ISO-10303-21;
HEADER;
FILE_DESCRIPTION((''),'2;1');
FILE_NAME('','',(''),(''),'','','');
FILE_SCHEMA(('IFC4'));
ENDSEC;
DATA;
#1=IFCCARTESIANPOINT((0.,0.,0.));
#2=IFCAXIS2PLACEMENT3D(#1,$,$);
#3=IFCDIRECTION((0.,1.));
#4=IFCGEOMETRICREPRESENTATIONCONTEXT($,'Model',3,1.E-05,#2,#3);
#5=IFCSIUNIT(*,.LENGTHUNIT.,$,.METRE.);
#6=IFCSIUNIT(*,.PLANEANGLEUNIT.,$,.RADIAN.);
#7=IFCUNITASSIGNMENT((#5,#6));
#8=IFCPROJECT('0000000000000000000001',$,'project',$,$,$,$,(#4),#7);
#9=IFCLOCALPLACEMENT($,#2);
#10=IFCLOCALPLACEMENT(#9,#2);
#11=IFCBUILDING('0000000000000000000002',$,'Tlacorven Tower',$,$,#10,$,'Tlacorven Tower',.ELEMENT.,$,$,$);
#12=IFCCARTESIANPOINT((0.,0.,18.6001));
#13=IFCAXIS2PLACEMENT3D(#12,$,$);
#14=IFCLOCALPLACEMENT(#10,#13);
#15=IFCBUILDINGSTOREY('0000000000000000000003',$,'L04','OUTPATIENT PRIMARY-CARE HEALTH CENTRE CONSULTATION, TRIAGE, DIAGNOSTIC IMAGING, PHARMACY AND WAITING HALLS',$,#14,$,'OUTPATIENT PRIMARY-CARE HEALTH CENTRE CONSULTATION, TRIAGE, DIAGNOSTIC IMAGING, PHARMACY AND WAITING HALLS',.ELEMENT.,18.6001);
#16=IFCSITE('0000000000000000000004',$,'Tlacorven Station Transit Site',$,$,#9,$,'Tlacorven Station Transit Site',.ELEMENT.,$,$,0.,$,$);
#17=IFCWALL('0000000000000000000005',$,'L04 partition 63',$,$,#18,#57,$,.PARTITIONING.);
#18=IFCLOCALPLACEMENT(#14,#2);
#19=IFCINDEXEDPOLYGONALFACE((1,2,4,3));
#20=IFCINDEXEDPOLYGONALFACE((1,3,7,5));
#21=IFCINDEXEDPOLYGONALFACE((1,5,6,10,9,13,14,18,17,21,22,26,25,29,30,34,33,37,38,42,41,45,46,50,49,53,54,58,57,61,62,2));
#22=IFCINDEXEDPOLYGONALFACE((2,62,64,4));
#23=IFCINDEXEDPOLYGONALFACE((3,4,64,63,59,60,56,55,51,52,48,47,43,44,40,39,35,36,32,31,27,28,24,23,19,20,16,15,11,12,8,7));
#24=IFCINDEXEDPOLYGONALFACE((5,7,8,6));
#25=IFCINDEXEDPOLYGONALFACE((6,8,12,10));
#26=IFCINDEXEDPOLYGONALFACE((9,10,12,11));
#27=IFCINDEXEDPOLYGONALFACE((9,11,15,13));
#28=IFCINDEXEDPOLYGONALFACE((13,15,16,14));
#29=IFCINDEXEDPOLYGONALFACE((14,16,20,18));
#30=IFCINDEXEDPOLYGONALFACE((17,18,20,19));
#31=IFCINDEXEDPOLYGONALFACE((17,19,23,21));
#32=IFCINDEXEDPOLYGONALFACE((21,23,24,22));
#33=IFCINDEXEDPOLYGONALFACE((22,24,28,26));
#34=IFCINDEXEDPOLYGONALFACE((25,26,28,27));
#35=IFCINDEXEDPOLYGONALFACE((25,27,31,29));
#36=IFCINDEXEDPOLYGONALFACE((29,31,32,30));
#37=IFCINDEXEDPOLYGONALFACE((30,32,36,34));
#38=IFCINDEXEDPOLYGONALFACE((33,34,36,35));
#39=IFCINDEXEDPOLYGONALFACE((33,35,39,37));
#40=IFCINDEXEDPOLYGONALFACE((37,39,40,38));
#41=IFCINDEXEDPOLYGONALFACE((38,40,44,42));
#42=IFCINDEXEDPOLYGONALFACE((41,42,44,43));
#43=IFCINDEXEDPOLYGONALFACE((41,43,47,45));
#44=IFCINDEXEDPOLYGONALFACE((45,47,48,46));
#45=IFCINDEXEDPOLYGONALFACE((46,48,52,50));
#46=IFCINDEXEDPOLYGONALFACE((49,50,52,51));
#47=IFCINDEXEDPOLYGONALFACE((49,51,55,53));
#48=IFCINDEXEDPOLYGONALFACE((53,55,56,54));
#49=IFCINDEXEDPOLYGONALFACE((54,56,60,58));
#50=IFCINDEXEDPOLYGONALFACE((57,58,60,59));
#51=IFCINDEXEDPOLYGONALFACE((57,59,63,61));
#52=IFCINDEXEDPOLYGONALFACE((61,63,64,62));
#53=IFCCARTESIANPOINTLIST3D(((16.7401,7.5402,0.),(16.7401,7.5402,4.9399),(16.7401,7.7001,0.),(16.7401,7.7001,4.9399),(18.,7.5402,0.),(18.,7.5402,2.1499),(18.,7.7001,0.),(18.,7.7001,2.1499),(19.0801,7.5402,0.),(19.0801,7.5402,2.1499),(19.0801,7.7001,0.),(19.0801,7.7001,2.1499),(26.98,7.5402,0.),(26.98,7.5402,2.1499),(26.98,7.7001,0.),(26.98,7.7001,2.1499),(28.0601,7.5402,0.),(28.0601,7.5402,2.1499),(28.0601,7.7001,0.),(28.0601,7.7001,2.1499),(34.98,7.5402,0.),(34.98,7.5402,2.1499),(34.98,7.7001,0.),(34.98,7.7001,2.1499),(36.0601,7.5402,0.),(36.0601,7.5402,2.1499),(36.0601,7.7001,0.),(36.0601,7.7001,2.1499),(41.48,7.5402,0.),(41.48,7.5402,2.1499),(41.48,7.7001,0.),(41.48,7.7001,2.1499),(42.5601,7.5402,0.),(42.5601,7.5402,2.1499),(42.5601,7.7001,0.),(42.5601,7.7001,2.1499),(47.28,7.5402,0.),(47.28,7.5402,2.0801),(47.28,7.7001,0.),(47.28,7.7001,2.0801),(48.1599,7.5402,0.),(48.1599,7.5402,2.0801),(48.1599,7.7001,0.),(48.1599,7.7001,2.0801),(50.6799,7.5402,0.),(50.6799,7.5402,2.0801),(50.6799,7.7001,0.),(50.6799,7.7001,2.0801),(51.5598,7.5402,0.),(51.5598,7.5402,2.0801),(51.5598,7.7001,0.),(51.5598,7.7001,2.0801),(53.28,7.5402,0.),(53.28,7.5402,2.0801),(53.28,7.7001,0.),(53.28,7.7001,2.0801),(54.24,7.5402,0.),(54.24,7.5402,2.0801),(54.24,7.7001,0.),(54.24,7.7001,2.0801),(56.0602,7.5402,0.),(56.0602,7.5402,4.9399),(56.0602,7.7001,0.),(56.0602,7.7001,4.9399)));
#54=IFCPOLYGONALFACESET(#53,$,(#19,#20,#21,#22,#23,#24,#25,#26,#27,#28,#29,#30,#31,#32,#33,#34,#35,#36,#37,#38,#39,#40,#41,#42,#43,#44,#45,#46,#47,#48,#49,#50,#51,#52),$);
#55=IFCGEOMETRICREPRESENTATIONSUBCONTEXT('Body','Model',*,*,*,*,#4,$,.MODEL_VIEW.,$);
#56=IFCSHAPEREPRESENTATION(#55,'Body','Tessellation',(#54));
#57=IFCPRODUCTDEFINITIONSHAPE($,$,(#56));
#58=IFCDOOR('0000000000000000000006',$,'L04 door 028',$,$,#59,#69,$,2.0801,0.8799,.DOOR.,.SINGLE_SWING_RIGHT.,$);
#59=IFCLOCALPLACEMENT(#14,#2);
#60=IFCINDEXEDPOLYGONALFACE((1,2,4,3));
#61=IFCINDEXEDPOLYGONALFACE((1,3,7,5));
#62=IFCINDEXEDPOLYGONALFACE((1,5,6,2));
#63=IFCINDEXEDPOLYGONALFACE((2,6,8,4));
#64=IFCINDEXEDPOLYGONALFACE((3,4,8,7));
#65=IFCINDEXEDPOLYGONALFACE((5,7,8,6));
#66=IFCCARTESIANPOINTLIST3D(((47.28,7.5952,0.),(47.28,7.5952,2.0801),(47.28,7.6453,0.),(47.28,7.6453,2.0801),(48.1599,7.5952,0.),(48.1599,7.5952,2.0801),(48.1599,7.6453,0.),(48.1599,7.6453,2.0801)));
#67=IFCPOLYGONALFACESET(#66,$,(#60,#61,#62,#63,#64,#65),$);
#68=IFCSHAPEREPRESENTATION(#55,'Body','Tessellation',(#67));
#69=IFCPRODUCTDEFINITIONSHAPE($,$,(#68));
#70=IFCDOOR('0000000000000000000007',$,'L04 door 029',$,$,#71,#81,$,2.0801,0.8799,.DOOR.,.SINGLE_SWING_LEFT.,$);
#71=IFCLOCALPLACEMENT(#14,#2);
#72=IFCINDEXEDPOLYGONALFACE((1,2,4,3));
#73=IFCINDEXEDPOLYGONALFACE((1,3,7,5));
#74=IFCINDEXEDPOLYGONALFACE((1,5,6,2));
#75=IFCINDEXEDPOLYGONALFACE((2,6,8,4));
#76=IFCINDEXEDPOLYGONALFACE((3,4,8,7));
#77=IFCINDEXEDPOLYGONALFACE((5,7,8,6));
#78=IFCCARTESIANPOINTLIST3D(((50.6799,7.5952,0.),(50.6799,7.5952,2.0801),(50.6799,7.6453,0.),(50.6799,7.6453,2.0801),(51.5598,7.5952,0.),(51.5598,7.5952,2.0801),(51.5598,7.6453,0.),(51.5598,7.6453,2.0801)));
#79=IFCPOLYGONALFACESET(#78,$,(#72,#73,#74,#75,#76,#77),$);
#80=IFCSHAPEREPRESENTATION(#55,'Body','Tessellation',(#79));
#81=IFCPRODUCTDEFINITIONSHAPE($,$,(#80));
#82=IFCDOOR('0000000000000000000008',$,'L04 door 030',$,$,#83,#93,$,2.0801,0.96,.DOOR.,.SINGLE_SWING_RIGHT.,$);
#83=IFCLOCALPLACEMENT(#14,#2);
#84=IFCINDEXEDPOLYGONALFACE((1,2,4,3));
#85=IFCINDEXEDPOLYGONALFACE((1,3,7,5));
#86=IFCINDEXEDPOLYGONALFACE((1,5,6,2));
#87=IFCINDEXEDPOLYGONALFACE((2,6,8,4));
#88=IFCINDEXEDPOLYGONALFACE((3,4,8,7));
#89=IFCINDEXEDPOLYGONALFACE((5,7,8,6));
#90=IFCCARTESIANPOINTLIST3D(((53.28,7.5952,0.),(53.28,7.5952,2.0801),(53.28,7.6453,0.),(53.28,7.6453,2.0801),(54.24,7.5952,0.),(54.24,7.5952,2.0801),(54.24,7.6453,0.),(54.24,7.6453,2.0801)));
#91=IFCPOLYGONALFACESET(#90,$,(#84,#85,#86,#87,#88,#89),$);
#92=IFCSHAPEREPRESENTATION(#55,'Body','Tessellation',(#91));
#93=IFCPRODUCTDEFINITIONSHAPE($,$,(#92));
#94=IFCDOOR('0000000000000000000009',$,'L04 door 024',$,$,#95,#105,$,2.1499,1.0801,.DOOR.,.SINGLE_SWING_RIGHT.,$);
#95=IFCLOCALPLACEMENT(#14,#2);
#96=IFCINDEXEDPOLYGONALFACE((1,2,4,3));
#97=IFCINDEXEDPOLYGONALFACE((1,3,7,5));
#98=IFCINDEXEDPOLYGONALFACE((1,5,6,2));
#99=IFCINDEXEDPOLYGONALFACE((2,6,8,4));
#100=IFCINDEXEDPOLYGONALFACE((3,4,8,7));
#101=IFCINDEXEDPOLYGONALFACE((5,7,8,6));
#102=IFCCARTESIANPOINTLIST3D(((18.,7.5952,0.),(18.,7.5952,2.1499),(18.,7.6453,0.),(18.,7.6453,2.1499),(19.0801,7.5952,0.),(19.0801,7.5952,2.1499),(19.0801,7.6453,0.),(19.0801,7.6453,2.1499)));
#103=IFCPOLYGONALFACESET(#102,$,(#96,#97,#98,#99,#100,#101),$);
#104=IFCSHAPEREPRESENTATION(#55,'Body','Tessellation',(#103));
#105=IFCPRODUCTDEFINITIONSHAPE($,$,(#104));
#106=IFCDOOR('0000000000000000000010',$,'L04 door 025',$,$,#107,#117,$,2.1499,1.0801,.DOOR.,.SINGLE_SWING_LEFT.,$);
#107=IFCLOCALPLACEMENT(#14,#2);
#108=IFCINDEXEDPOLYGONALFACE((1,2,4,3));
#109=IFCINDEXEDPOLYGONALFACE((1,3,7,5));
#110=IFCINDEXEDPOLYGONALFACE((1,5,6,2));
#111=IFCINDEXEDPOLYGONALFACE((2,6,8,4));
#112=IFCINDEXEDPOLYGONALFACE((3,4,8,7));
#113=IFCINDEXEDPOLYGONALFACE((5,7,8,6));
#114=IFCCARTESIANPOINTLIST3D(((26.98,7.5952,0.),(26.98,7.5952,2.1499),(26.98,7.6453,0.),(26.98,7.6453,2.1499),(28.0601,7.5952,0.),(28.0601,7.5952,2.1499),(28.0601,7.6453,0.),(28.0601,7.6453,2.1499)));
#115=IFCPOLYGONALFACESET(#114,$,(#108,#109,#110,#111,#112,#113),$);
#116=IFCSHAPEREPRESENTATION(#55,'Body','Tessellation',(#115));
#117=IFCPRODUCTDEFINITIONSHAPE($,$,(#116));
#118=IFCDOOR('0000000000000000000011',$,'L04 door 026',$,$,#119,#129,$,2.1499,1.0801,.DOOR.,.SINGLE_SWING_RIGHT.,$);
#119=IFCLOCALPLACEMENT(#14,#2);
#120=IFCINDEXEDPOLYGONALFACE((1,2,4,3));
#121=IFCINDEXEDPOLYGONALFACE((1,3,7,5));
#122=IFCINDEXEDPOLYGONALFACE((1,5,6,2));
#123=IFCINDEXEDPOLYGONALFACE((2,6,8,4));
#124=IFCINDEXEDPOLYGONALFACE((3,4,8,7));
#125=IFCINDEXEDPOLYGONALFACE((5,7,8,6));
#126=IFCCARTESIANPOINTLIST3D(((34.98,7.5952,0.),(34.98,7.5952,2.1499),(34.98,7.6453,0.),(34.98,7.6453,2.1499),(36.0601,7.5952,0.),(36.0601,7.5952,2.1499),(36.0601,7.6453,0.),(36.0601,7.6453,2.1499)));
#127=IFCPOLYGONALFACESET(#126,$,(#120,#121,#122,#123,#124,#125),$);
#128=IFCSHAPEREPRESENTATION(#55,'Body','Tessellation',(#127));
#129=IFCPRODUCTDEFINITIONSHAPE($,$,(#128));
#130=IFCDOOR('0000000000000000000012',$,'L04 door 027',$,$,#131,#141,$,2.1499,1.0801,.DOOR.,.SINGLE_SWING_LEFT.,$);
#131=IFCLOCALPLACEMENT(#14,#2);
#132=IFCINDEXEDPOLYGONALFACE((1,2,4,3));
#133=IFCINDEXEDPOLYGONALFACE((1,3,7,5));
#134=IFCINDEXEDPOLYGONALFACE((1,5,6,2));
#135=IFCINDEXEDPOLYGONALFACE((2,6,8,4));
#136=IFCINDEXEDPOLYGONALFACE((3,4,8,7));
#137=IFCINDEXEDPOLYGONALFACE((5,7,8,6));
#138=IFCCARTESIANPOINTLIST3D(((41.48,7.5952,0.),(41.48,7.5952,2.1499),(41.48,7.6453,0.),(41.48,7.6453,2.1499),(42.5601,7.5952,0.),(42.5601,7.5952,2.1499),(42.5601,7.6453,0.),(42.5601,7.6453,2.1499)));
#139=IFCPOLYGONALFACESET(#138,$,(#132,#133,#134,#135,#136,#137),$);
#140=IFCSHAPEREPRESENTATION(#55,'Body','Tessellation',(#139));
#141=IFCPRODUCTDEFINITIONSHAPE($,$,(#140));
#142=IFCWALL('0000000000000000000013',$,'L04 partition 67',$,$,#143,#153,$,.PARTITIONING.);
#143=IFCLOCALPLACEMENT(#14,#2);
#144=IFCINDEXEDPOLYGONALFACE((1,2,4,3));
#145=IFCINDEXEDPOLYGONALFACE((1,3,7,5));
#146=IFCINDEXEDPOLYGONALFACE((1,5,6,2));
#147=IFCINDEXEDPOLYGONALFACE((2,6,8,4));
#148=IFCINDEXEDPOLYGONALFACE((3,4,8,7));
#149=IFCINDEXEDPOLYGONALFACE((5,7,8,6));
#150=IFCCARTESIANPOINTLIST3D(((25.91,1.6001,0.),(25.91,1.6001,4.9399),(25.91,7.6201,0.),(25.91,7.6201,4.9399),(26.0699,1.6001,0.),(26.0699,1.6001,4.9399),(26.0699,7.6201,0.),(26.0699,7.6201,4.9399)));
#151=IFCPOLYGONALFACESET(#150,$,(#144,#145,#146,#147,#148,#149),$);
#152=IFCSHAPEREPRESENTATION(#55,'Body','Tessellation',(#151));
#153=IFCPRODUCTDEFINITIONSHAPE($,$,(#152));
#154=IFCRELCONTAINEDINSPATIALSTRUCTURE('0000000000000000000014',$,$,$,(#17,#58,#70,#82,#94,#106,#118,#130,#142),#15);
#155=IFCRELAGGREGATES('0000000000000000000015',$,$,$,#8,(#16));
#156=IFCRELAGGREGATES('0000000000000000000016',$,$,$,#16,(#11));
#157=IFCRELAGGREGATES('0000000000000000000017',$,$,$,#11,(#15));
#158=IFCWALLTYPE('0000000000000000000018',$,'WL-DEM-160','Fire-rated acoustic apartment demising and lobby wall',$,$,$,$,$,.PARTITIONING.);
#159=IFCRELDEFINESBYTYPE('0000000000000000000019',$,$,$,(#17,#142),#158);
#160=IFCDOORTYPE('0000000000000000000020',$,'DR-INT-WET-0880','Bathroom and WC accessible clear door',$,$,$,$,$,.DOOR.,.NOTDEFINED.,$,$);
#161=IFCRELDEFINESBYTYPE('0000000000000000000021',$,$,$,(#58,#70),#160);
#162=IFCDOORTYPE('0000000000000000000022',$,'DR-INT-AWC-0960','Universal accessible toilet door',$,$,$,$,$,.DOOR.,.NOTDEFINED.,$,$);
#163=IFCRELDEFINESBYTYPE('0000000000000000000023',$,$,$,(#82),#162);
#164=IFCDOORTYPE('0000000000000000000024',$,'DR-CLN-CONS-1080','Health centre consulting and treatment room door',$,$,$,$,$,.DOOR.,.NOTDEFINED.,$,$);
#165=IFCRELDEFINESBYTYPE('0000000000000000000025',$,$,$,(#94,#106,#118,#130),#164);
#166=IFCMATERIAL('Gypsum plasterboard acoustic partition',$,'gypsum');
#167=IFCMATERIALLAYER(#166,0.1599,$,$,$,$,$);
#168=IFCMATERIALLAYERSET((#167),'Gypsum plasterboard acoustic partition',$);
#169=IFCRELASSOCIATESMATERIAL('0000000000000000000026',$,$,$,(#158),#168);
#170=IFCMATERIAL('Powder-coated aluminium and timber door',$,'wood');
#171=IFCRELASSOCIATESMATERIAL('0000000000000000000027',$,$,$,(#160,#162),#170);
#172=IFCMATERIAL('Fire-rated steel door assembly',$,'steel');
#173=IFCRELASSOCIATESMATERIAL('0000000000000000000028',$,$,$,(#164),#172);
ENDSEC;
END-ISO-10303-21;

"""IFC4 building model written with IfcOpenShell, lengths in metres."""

from ifc_helpers import new_model, si_unit, direction, frame, frame_2d, origin, place, context, subcontext, project, spatial, rectangle, extrude, source, transform, mapped, material, layer, layer_set, type_object, element, fill, save


model = new_model("IFC4")

# Units and contexts
model_context = context("Model", 3, precision=1e-05, world=origin(), true_north=direction((0.0, 1.0)))
body_context = subcontext(model_context, "Body", "Model", "MODEL_VIEW")
ifc_project = project(units=[si_unit("LENGTHUNIT", "METRE"), si_unit("PLANEANGLEUNIT", "RADIAN")], contexts=[model_context])

# Site, building, storey
site_placement = place(None, origin())
site = spatial("IfcSite", under=ifc_project, at=site_placement, Name="Tlacorven Station Transit Site", LongName="Tlacorven Station Transit Site", CompositionType="ELEMENT", RefElevation=0.0)
building_placement = place(site_placement, origin())
building = spatial("IfcBuilding", under=site, at=building_placement, Name="Tlacorven Tower", LongName="Tlacorven Tower", CompositionType="ELEMENT")
storey_placement = place(building_placement, frame((0.0, 0.0, 18.6001)))
storey = spatial("IfcBuildingStorey", under=building, at=storey_placement, Name="L04", Description="OUTPATIENT PRIMARY-CARE HEALTH CENTRE CONSULTATION, TRIAGE, DIAGNOSTIC IMAGING, PHARMACY AND WAITING HALLS", LongName="OUTPATIENT PRIMARY-CARE HEALTH CENTRE CONSULTATION, TRIAGE, DIAGNOSTIC IMAGING, PHARMACY AND WAITING HALLS", CompositionType="ELEMENT", Elevation=18.6001)

# Wall, openings, doors
ifc_material_1 = material(Name="Gypsum plasterboard acoustic partition", Category="gypsum")
ifc_layer_1 = layer(ifc_material_1, 0.1599)
ifc_layer_set_1 = layer_set([ifc_layer_1], Name="Gypsum plasterboard acoustic partition")
wall_type_1 = type_object("IfcWallType", Name="WL-DEM-160", Description="Fire-rated acoustic apartment demising and lobby wall", PredefinedType="PARTITIONING", material=ifc_layer_set_1)
wall_1_placement = place(storey_placement, frame((16.74, 7.6201, 0.0), z_axis=(0.0, 0.0, 1.0), x_axis=(1.0, 0.0, 0.0)))
wall_1 = element("IfcWall", 1, at=wall_1_placement, inside=storey, type_object=wall_type_1, Name="L04 partition 63", PredefinedType="PARTITIONING", context=body_context, shape_type="SweptSolid", body=[
    extrude(rectangle(XDim=39.3201, YDim=0.1599, at=frame_2d((19.6602, 0.0))), origin(), (0.0, 0.0, 1.0), 4.9399),
])
opening_1_placement = place(wall_1_placement, frame((1.26, 0.0, 0.0)))
opening_1 = element("IfcOpeningElement", 2, at=opening_1_placement, cuts=wall_1, PredefinedType="OPENING", context=body_context, shape_type="SweptSolid", body=[
    extrude(rectangle(XDim=1.0801, YDim=2.1499, at=frame_2d((0.54, 1.075))), frame((0.0, 0.0898, 0.0), z_axis=(0.0, -1.0, 0.0), x_axis=(1.0, 0.0, 0.0)), (0.0, 0.0, 1.0), 0.1799),
])
opening_2_placement = place(wall_1_placement, frame((10.24, 0.0, 0.0)))
opening_2 = element("IfcOpeningElement", 3, at=opening_2_placement, cuts=wall_1, PredefinedType="OPENING", context=body_context, shape_type="SweptSolid", body=[
    extrude(rectangle(XDim=1.0801, YDim=2.1499, at=frame_2d((0.54, 1.075))), frame((0.0, 0.0898, 0.0), z_axis=(0.0, -1.0, 0.0), x_axis=(1.0, 0.0, 0.0)), (0.0, 0.0, 1.0), 0.1799),
])
opening_3_placement = place(wall_1_placement, frame((18.24, 0.0, 0.0)))
opening_3 = element("IfcOpeningElement", 4, at=opening_3_placement, cuts=wall_1, PredefinedType="OPENING", context=body_context, shape_type="SweptSolid", body=[
    extrude(rectangle(XDim=1.0801, YDim=2.1499, at=frame_2d((0.54, 1.075))), frame((0.0, 0.0898, 0.0), z_axis=(0.0, -1.0, 0.0), x_axis=(1.0, 0.0, 0.0)), (0.0, 0.0, 1.0), 0.1799),
])
opening_4_placement = place(wall_1_placement, frame((24.74, 0.0, 0.0)))
opening_4 = element("IfcOpeningElement", 5, at=opening_4_placement, cuts=wall_1, PredefinedType="OPENING", context=body_context, shape_type="SweptSolid", body=[
    extrude(rectangle(XDim=1.0801, YDim=2.1499, at=frame_2d((0.54, 1.075))), frame((0.0, 0.0898, 0.0), z_axis=(0.0, -1.0, 0.0), x_axis=(1.0, 0.0, 0.0)), (0.0, 0.0, 1.0), 0.1799),
])
opening_5_placement = place(wall_1_placement, frame((30.54, 0.0, 0.0)))
opening_5 = element("IfcOpeningElement", 6, at=opening_5_placement, cuts=wall_1, PredefinedType="OPENING", context=body_context, shape_type="SweptSolid", body=[
    extrude(rectangle(XDim=0.8799, YDim=2.0801, at=frame_2d((0.4399, 1.04))), frame((0.0, 0.0898, 0.0), z_axis=(0.0, -1.0, 0.0), x_axis=(1.0, 0.0, 0.0)), (0.0, 0.0, 1.0), 0.1799),
])
opening_6_placement = place(wall_1_placement, frame((33.9399, 0.0, 0.0)))
opening_6 = element("IfcOpeningElement", 7, at=opening_6_placement, cuts=wall_1, PredefinedType="OPENING", context=body_context, shape_type="SweptSolid", body=[
    extrude(rectangle(XDim=0.8799, YDim=2.0801, at=frame_2d((0.4399, 1.04))), frame((0.0, 0.0898, 0.0), z_axis=(0.0, -1.0, 0.0), x_axis=(1.0, 0.0, 0.0)), (0.0, 0.0, 1.0), 0.1799),
])
opening_7_placement = place(wall_1_placement, frame((36.54, 0.0, 0.0)))
opening_7 = element("IfcOpeningElement", 8, at=opening_7_placement, cuts=wall_1, PredefinedType="OPENING", context=body_context, shape_type="SweptSolid", body=[
    extrude(rectangle(XDim=0.96, YDim=2.0801, at=frame_2d((0.48, 1.04))), frame((0.0, 0.0898, 0.0), z_axis=(0.0, -1.0, 0.0), x_axis=(1.0, 0.0, 0.0)), (0.0, 0.0, 1.0), 0.1799),
])
ifc_material_2 = material(Name="Powder-coated aluminium and timber door", Category="wood")
door_type_1 = type_object("IfcDoorType", Name="DR-INT-WET-0880", Description="Bathroom and WC accessible clear door", OperationType="NOTDEFINED", PredefinedType="DOOR", material=ifc_material_2)
shared_shape_1 = source(origin(), body_context, "Body", "SweptSolid", [
    extrude(rectangle(XDim=0.8799, YDim=2.0801, at=frame_2d((0.4399, 1.04))), frame((0.0, 0.0249, 0.0), z_axis=(0.0, -1.0, 0.0), x_axis=(1.0, 0.0, 0.0)), (0.0, 0.0, 1.0), 0.05),
])
door_1_placement = place(opening_5_placement, frame((0.8799, 0.0, 0.0), z_axis=(0.0, 0.0, 1.0), x_axis=(-1.0, 0.0, 0.0)))
door_1 = element("IfcDoor", 9, at=door_1_placement, inside=storey, type_object=door_type_1, Name="L04 door 028", OperationType="SINGLE_SWING_RIGHT", OverallHeight=2.0801, OverallWidth=0.8799, PredefinedType="DOOR", context=body_context, shape_type="MappedRepresentation", body=[
    mapped(shared_shape_1, transform((0.0, 0.0, 0.0), scale=1.0)),
])
fill(opening_5, door_1)
door_2_placement = place(opening_6_placement, frame((0.8799, 0.0, 0.0), z_axis=(0.0, 0.0, 1.0), x_axis=(-1.0, 0.0, 0.0)))
door_2 = element("IfcDoor", 10, at=door_2_placement, inside=storey, type_object=door_type_1, Name="L04 door 029", OperationType="SINGLE_SWING_LEFT", OverallHeight=2.0801, OverallWidth=0.8799, PredefinedType="DOOR", context=body_context, shape_type="MappedRepresentation", body=[
    mapped(shared_shape_1, transform((0.0, 0.0, 0.0), scale=1.0)),
])
fill(opening_6, door_2)
door_type_2 = type_object("IfcDoorType", Name="DR-INT-AWC-0960", Description="Universal accessible toilet door", OperationType="NOTDEFINED", PredefinedType="DOOR", material=ifc_material_2)
shared_shape_2 = source(origin(), body_context, "Body", "SweptSolid", [
    extrude(rectangle(XDim=0.96, YDim=2.0801, at=frame_2d((0.48, 1.04))), frame((0.0, 0.0249, 0.0), z_axis=(0.0, -1.0, 0.0), x_axis=(1.0, 0.0, 0.0)), (0.0, 0.0, 1.0), 0.05),
])
door_3_placement = place(opening_7_placement, frame((0.96, 0.0, 0.0), z_axis=(0.0, 0.0, 1.0), x_axis=(-1.0, 0.0, 0.0)))
door_3 = element("IfcDoor", 11, at=door_3_placement, inside=storey, type_object=door_type_2, Name="L04 door 030", OperationType="SINGLE_SWING_RIGHT", OverallHeight=2.0801, OverallWidth=0.96, PredefinedType="DOOR", context=body_context, shape_type="MappedRepresentation", body=[
    mapped(shared_shape_2, transform((0.0, 0.0, 0.0), scale=1.0)),
])
fill(opening_7, door_3)
ifc_material_3 = material(Name="Fire-rated steel door assembly", Category="steel")
door_type_3 = type_object("IfcDoorType", Name="DR-CLN-CONS-1080", Description="Health centre consulting and treatment room door", OperationType="NOTDEFINED", PredefinedType="DOOR", material=ifc_material_3)
shared_shape_3 = source(origin(), body_context, "Body", "SweptSolid", [
    extrude(rectangle(XDim=1.0801, YDim=2.1499, at=frame_2d((0.54, 1.075))), frame((0.0, 0.0249, 0.0), z_axis=(0.0, -1.0, 0.0), x_axis=(1.0, 0.0, 0.0)), (0.0, 0.0, 1.0), 0.05),
])
door_4_placement = place(opening_1_placement, frame((1.0801, 0.0, 0.0), z_axis=(0.0, 0.0, 1.0), x_axis=(-1.0, 0.0, 0.0)))
door_4 = element("IfcDoor", 12, at=door_4_placement, inside=storey, type_object=door_type_3, Name="L04 door 024", OperationType="SINGLE_SWING_RIGHT", OverallHeight=2.1499, OverallWidth=1.0801, PredefinedType="DOOR", context=body_context, shape_type="MappedRepresentation", body=[
    mapped(shared_shape_3, transform((0.0, 0.0, 0.0), scale=1.0)),
])
fill(opening_1, door_4)
door_5_placement = place(opening_2_placement, frame((1.0801, 0.0, 0.0), z_axis=(0.0, 0.0, 1.0), x_axis=(-1.0, 0.0, 0.0)))
door_5 = element("IfcDoor", 13, at=door_5_placement, inside=storey, type_object=door_type_3, Name="L04 door 025", OperationType="SINGLE_SWING_LEFT", OverallHeight=2.1499, OverallWidth=1.0801, PredefinedType="DOOR", context=body_context, shape_type="MappedRepresentation", body=[
    mapped(shared_shape_3, transform((0.0, 0.0, 0.0), scale=1.0)),
])
fill(opening_2, door_5)
door_6_placement = place(opening_3_placement, frame((1.0801, 0.0, 0.0), z_axis=(0.0, 0.0, 1.0), x_axis=(-1.0, 0.0, 0.0)))
door_6 = element("IfcDoor", 14, at=door_6_placement, inside=storey, type_object=door_type_3, Name="L04 door 026", OperationType="SINGLE_SWING_RIGHT", OverallHeight=2.1499, OverallWidth=1.0801, PredefinedType="DOOR", context=body_context, shape_type="MappedRepresentation", body=[
    mapped(shared_shape_3, transform((0.0, 0.0, 0.0), scale=1.0)),
])
fill(opening_3, door_6)
door_7_placement = place(opening_4_placement, frame((1.0801, 0.0, 0.0), z_axis=(0.0, 0.0, 1.0), x_axis=(-1.0, 0.0, 0.0)))
door_7 = element("IfcDoor", 15, at=door_7_placement, inside=storey, type_object=door_type_3, Name="L04 door 027", OperationType="SINGLE_SWING_LEFT", OverallHeight=2.1499, OverallWidth=1.0801, PredefinedType="DOOR", context=body_context, shape_type="MappedRepresentation", body=[
    mapped(shared_shape_3, transform((0.0, 0.0, 0.0), scale=1.0)),
])
fill(opening_4, door_7)

# Wall
wall_2_placement = place(storey_placement, frame((25.99, 1.6001, 0.0), z_axis=(0.0, 0.0, 1.0), x_axis=(0.0, 1.0, 0.0)))
element("IfcWall", 16, at=wall_2_placement, inside=storey, type_object=wall_type_1, Name="L04 partition 67", PredefinedType="PARTITIONING", context=body_context, shape_type="SweptSolid", body=[
    extrude(rectangle(XDim=6.02, YDim=0.1599, at=frame_2d((3.01, 0.0))), origin(), (0.0, 0.0, 1.0), 4.9399),
])

save(model, "model.ifc")
